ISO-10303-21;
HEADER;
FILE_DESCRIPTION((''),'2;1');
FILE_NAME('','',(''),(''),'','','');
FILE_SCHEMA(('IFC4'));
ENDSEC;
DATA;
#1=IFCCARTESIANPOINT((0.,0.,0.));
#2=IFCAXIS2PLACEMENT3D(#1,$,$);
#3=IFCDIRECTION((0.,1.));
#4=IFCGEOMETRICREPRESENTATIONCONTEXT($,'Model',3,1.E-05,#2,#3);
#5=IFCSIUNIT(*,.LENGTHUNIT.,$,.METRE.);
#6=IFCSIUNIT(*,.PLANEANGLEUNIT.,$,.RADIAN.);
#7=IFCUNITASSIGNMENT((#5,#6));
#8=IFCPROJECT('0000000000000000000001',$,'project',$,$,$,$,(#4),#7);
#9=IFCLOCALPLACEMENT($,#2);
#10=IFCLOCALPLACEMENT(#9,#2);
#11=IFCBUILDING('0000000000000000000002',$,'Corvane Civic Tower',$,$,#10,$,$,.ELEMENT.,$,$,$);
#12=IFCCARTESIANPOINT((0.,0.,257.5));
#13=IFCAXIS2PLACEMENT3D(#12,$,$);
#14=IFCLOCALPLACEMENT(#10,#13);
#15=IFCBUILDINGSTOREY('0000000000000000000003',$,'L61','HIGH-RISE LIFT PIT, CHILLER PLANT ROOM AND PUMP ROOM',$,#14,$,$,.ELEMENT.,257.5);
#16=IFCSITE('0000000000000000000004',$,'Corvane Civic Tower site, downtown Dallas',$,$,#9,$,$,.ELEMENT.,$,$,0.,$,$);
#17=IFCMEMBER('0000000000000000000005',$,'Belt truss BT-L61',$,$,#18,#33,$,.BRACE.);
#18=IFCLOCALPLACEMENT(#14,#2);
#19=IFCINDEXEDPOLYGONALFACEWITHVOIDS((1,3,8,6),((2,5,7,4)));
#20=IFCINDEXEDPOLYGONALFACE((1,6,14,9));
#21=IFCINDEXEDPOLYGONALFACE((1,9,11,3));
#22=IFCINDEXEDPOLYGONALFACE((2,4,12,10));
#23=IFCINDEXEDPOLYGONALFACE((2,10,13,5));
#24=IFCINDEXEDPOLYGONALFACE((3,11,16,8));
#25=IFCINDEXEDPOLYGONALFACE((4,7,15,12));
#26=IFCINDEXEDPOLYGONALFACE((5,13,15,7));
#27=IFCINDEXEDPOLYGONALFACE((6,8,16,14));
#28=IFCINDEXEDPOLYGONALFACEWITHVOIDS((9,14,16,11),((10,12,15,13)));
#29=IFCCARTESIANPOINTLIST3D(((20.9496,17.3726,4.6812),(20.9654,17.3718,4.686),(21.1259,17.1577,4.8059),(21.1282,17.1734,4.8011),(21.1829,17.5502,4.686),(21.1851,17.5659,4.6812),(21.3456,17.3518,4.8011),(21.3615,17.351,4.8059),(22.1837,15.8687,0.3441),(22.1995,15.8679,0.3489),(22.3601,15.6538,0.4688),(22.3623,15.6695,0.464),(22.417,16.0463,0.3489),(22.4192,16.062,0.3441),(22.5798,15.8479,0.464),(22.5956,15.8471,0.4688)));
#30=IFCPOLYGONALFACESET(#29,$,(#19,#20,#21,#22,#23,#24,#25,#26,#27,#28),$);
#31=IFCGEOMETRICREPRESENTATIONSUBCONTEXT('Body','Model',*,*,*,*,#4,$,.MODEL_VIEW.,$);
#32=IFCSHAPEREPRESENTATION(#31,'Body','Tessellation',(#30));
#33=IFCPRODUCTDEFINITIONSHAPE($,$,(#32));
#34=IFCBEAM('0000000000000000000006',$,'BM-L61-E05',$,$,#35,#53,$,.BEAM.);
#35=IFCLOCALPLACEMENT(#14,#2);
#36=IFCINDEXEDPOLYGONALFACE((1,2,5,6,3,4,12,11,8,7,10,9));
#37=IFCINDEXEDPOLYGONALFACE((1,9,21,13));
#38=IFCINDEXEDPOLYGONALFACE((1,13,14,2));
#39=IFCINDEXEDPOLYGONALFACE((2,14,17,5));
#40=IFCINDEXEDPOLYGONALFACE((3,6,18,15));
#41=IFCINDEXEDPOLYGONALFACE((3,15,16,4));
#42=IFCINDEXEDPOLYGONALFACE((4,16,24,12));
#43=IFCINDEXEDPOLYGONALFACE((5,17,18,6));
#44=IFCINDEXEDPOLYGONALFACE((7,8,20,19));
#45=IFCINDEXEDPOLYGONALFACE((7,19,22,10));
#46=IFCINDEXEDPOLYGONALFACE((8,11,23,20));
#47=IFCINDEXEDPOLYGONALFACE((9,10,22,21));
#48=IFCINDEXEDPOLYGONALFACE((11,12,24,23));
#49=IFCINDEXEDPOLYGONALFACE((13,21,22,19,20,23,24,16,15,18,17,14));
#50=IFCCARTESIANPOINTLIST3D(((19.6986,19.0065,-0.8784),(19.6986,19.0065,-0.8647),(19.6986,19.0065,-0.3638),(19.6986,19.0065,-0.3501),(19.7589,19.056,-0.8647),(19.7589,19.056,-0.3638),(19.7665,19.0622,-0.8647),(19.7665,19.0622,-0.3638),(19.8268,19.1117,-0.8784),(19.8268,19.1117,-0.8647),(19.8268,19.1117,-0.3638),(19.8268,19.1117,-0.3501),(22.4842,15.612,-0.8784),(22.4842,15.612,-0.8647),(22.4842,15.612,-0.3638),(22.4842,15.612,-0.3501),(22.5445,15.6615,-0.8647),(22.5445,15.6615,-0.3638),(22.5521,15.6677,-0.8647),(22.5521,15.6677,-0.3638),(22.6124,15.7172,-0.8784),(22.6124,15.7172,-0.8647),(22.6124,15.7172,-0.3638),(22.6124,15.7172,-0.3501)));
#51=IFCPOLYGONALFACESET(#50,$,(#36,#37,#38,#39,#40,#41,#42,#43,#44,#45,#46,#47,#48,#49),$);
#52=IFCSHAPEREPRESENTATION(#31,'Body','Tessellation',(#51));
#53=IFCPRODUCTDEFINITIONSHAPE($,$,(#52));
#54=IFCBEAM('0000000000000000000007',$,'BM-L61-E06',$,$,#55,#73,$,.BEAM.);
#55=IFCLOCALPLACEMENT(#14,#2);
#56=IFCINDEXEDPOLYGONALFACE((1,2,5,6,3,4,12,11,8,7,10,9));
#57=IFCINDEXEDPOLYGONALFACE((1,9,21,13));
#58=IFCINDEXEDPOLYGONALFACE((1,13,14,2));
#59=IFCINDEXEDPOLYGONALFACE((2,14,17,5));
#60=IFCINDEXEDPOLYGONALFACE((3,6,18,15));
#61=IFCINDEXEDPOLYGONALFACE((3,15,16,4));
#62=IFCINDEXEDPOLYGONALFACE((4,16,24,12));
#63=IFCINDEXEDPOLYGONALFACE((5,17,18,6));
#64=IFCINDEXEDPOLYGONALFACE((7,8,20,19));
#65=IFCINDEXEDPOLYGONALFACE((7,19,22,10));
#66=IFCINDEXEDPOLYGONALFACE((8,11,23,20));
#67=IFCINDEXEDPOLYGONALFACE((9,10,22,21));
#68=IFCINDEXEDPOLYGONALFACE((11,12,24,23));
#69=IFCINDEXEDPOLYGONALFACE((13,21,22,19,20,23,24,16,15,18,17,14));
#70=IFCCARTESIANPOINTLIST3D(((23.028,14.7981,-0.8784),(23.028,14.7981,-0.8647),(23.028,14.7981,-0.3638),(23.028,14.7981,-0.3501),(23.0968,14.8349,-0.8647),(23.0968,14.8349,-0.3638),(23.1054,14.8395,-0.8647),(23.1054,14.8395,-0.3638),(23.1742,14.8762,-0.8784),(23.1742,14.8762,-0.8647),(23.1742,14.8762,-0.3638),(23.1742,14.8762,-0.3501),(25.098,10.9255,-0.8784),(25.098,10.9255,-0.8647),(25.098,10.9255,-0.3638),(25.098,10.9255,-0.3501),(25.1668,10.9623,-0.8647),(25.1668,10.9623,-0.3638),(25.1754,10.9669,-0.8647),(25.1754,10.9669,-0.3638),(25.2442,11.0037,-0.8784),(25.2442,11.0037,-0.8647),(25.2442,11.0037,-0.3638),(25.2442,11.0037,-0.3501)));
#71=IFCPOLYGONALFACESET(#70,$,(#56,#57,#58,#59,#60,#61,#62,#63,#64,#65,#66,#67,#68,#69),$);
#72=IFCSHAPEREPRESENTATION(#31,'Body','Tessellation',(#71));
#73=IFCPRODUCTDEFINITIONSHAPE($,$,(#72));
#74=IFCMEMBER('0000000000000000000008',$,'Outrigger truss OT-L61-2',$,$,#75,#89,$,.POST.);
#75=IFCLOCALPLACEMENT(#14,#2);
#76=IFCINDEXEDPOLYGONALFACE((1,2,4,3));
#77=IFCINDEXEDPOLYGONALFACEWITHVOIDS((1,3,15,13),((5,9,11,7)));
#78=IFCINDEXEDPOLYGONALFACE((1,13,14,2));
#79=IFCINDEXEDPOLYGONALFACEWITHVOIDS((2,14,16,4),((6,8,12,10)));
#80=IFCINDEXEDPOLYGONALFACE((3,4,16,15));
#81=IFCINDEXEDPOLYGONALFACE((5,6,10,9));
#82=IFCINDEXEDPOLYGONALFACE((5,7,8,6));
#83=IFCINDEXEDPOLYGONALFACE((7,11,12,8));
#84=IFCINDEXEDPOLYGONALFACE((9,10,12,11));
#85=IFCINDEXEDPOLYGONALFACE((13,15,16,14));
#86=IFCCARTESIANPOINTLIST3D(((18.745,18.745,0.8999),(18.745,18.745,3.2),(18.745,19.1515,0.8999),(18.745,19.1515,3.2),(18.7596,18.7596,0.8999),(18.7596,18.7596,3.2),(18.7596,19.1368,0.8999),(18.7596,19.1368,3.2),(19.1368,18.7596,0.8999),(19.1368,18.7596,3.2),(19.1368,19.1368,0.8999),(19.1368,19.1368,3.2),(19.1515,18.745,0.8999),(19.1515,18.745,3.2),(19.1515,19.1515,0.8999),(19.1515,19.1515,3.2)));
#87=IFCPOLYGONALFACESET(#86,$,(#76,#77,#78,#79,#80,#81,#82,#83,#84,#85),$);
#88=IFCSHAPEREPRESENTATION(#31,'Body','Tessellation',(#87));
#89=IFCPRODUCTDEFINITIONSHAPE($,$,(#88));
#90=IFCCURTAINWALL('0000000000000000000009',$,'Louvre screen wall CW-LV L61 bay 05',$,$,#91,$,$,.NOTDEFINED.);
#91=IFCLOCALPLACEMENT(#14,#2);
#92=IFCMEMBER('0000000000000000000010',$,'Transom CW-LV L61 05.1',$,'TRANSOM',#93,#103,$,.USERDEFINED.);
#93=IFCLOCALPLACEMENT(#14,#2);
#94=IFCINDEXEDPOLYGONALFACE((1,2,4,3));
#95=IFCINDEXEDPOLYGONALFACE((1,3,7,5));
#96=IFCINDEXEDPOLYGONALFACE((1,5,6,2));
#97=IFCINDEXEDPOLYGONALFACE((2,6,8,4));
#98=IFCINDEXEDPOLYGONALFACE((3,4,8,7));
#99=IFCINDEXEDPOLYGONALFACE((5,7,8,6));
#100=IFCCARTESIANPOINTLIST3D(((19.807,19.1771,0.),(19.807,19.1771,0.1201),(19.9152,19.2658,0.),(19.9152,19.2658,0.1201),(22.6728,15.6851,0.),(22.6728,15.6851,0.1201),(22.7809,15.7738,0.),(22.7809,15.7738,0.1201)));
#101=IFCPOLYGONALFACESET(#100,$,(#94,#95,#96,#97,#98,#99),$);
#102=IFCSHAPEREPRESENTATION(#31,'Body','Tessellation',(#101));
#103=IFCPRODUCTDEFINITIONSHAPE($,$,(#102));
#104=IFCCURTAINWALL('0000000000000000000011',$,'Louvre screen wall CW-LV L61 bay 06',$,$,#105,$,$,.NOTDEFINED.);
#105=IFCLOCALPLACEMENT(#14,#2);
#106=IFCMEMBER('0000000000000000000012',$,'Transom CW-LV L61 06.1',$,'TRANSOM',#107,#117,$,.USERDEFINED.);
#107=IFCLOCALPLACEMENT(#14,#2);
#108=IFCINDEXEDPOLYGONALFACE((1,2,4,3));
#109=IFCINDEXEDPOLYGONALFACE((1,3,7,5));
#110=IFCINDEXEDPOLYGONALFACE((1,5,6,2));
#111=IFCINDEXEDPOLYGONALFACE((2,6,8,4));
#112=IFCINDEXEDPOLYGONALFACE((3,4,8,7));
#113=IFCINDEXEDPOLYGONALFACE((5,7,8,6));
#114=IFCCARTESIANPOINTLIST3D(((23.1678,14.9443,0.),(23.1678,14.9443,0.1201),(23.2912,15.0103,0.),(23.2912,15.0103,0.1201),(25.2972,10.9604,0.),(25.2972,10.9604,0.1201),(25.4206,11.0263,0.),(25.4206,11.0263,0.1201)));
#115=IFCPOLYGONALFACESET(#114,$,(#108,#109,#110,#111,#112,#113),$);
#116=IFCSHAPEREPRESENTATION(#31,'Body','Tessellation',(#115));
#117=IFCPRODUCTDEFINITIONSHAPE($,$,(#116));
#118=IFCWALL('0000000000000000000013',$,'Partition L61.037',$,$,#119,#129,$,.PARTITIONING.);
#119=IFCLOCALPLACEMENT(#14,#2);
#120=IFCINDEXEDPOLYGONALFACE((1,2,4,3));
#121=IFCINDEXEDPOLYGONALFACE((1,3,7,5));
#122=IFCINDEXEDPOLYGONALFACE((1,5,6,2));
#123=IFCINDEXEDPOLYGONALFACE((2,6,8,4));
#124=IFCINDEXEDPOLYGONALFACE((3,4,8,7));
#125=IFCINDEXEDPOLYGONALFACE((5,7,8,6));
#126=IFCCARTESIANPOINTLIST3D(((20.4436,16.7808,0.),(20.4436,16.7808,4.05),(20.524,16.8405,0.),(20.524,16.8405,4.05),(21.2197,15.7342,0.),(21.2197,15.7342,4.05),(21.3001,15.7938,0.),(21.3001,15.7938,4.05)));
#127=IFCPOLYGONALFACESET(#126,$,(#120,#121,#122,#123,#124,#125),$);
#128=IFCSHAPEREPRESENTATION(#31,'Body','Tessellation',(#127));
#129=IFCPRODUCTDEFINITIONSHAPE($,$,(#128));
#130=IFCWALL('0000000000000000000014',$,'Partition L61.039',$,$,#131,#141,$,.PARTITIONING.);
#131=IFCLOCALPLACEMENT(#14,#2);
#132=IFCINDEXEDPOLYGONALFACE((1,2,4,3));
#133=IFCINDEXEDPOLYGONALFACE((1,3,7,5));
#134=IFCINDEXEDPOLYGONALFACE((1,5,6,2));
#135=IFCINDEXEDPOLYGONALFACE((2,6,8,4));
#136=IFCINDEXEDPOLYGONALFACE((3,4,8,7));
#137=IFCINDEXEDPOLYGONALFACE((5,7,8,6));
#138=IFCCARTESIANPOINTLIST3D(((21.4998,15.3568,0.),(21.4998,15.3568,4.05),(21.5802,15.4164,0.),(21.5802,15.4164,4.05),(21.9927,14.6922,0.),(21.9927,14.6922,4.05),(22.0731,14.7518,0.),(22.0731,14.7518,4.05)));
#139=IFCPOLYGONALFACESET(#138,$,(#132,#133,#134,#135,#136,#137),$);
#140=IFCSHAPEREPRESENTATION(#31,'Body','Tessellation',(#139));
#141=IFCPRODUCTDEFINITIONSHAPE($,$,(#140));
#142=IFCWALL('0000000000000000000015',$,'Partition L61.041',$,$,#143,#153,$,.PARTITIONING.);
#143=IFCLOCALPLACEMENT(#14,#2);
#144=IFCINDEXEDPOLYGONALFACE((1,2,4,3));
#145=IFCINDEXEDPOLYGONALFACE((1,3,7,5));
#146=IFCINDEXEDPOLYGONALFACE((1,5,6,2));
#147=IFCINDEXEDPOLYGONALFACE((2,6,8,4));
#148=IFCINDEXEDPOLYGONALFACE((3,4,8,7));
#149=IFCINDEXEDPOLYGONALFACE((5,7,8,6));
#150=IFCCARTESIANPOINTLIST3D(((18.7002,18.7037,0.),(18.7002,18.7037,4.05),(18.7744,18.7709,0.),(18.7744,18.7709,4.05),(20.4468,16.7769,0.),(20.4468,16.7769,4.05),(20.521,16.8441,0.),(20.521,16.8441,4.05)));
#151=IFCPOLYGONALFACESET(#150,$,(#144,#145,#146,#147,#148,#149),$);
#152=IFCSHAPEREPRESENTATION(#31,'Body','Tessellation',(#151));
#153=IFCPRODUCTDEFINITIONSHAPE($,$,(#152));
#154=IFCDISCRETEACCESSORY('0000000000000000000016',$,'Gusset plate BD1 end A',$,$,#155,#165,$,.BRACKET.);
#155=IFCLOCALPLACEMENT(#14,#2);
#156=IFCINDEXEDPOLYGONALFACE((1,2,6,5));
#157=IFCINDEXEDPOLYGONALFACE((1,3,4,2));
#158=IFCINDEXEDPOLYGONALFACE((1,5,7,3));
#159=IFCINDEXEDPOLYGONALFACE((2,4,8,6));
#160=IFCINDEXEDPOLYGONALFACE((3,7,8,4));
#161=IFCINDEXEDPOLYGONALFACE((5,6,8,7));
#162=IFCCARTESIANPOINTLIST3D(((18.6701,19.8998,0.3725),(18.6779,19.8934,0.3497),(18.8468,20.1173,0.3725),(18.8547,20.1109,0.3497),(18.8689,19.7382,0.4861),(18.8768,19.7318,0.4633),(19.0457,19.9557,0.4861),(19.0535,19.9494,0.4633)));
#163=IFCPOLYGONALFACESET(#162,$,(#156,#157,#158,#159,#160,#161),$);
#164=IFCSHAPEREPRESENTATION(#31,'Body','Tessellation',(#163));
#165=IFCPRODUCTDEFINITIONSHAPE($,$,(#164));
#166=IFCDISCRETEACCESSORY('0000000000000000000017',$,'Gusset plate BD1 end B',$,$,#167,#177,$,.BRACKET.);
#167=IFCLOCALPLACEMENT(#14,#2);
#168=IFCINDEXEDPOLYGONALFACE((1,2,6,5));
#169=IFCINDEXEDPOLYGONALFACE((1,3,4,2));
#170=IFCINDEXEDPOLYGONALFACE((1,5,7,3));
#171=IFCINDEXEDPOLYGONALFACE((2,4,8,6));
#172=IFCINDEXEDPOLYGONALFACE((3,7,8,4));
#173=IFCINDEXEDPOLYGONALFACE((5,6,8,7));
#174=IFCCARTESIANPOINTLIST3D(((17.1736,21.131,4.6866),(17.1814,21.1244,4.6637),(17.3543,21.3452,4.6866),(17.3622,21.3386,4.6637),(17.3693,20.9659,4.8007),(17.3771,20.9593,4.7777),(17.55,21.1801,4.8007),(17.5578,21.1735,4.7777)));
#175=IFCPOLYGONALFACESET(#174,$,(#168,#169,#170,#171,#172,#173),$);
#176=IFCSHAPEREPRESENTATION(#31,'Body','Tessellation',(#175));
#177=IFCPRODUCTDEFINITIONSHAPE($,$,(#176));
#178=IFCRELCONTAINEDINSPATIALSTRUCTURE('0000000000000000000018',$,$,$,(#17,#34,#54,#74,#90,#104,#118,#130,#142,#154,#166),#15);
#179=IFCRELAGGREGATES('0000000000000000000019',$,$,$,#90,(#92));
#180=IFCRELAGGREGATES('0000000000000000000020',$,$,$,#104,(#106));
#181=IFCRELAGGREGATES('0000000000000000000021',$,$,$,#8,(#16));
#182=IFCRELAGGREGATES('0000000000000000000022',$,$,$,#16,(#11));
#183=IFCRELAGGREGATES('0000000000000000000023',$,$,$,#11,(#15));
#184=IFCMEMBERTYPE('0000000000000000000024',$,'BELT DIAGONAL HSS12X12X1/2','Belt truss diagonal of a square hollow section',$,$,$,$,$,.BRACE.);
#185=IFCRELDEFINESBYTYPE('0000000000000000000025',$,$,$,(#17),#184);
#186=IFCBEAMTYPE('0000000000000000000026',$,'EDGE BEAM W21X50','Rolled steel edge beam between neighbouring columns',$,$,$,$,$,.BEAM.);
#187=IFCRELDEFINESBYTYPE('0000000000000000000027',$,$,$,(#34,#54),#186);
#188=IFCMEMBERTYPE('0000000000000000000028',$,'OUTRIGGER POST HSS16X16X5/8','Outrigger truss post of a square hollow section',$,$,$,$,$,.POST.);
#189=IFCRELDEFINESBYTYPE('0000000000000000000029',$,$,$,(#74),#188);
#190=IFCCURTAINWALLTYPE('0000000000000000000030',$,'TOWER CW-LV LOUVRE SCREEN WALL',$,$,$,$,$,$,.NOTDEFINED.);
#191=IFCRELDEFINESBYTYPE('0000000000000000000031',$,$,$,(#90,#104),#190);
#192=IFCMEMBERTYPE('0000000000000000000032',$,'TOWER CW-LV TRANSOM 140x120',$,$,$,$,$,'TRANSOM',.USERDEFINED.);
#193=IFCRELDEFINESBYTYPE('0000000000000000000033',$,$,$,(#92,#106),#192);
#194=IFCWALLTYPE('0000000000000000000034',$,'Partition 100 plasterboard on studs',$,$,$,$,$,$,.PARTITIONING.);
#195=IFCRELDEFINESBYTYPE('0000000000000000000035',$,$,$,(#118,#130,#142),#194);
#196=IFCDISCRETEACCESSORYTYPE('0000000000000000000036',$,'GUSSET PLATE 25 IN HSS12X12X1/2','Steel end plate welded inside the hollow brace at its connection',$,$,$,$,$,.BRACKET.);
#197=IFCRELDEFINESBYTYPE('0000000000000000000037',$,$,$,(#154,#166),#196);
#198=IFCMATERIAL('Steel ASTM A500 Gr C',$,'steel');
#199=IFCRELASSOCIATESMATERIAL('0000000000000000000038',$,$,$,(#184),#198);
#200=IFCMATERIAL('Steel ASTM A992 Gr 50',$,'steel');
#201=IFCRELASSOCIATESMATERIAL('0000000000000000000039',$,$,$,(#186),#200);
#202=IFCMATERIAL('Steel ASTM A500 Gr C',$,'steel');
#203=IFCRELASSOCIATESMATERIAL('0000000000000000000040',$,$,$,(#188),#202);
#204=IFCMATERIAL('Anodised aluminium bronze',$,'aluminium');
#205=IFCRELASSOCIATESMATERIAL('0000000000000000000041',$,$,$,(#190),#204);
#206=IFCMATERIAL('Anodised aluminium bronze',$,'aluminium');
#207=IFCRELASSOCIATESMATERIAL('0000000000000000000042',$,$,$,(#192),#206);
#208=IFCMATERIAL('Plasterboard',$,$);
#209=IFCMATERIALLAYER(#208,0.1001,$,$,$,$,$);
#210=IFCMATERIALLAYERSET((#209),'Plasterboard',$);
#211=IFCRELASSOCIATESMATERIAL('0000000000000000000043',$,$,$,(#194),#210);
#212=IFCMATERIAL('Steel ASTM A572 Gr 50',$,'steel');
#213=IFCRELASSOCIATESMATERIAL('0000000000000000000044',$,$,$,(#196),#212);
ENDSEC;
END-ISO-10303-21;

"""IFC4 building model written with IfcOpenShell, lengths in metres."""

from ifc_helpers import new_model, si_unit, direction, frame, frame_2d, origin, origin_2d, place, context, subcontext, project, spatial, rectangle, hollow_rectangle, i_section, extrude, material, layer, layer_set, material_profile, profile_set, type_object, element, aggregate, save


model = new_model("IFC4")

# Units and contexts
model_context = context("Model", 3, precision=1e-05, world=origin(), true_north=direction((0.0, 1.0)))
body_context = subcontext(model_context, "Body", "Model", "MODEL_VIEW")
ifc_project = project(units=[si_unit("LENGTHUNIT", "METRE"), si_unit("PLANEANGLEUNIT", "RADIAN")], contexts=[model_context])

# Site, building, storey
site_placement = place(None, origin())
site = spatial("IfcSite", under=ifc_project, at=site_placement, Name="Corvane Civic Tower site, downtown Dallas", CompositionType="ELEMENT", RefElevation=0.0)
building_placement = place(site_placement, origin())
building = spatial("IfcBuilding", under=site, at=building_placement, Name="Corvane Civic Tower", CompositionType="ELEMENT")
storey_placement = place(building_placement, frame((0.0, 0.0, 257.5)))
storey = spatial("IfcBuildingStorey", under=building, at=storey_placement, Name="L61", Description="HIGH-RISE LIFT PIT, CHILLER PLANT ROOM AND PUMP ROOM", CompositionType="ELEMENT", Elevation=257.5)

# Member
ifc_material_1 = material(Name="Steel ASTM A500 Gr C", Category="steel")
ifc_material_profile_1 = material_profile(ifc_material_1, hollow_rectangle(XDim=0.3047, YDim=0.3047, WallThickness=0.0117, at=origin_2d()), Name="HSS12X12X1/2")
ifc_profile_set_1 = profile_set([ifc_material_profile_1], Name="Steel ASTM A500 Gr C")
member_type_1 = type_object("IfcMemberType", Name="BELT DIAGONAL HSS12X12X1/2", Description="Belt truss diagonal of a square hollow section", PredefinedType="BRACE", material=ifc_profile_set_1)
for number, where, z_axis, x_axis, name in (
    (1, (22.3896, 15.8579, 0.4065), (-0.259626, 0.316379, 0.912414), (-0.773034, -0.634365, 0.0), "Belt truss BT-L61"),
):
    element("IfcMember", number, at=place(storey_placement, frame(where, z_axis=z_axis, x_axis=x_axis)), inside=storey, type_object=member_type_1, Name=name, PredefinedType="BRACE", context=body_context, shape_type="SweptSolid", body=[
        extrude(hollow_rectangle(XDim=0.3047, YDim=0.3047, WallThickness=0.0117, at=origin_2d()), origin(), (0.0, 0.0, 1.0), 4.7534),
    ])

# Beams
ifc_material_2 = material(Name="Steel ASTM A992 Gr 50", Category="steel")
ifc_material_profile_2 = material_profile(ifc_material_2, i_section(OverallWidth=0.1658, OverallDepth=0.5283, WebThickness=0.0098, FlangeThickness=0.0137, at=origin_2d()), Name="W21X50")
ifc_profile_set_2 = profile_set([ifc_material_profile_2], Name="Steel ASTM A992 Gr 50")
beam_type = type_object("IfcBeamType", Name="EDGE BEAM W21X50", Description="Rolled steel edge beam between neighbouring columns", PredefinedType="BEAM", material=ifc_profile_set_2)
for number, where, z_axis, x_axis, name in (
    (2, (19.7627, 19.0591, -0.6143), (0.634369, -0.77303, 0.0), (0.77303, 0.634369, 0.0), "BM-L61-E05"),
    (3, (23.1011, 14.8372, -0.6143), (0.471422, -0.881908, 0.0), (0.881908, 0.471422, 0.0), "BM-L61-E06"),
):
    element("IfcBeam", number, at=place(storey_placement, frame(where, z_axis=z_axis, x_axis=x_axis)), inside=storey, type_object=beam_type, Name=name, PredefinedType="BEAM", context=body_context, shape_type="SweptSolid", body=[
        extrude(i_section(OverallWidth=0.1658, OverallDepth=0.5283, WebThickness=0.0098, FlangeThickness=0.0137, at=origin_2d()), origin(), (0.0, 0.0, 1.0), 4.3911),
    ])

# Member
ifc_material_3 = material(Name="Steel ASTM A500 Gr C", Category="steel")
ifc_material_profile_3 = material_profile(ifc_material_3, hollow_rectangle(XDim=0.4065, YDim=0.4065, WallThickness=0.0146, at=origin_2d()), Name="HSS16X16X5/8")
ifc_profile_set_3 = profile_set([ifc_material_profile_3], Name="Steel ASTM A500 Gr C")
member_type_2 = type_object("IfcMemberType", Name="OUTRIGGER POST HSS16X16X5/8", Description="Outrigger truss post of a square hollow section", PredefinedType="POST", material=ifc_profile_set_3)
member_1_placement = place(storey_placement, frame((18.9482, 18.9482, 0.8999), z_axis=(0.0, 0.0, 1.0), x_axis=(1.0, 0.0, 0.0)))
element("IfcMember", 4, at=member_1_placement, inside=storey, type_object=member_type_2, Name="Outrigger truss OT-L61-2", PredefinedType="POST", context=body_context, shape_type="SweptSolid", body=[
    extrude(hollow_rectangle(XDim=0.4065, YDim=0.4065, WallThickness=0.0146, at=origin_2d()), origin(), (0.0, 0.0, 1.0), 2.3),
])

# Curtain walls, members
ifc_material_4 = material(Name="Anodised aluminium bronze", Category="aluminium")
curtain_wall_type = type_object("IfcCurtainWallType", Name="TOWER CW-LV LOUVRE SCREEN WALL", PredefinedType="NOTDEFINED", material=ifc_material_4)
curtain_wall_1_placement = place(storey_placement, origin())
curtain_wall_1 = element("IfcCurtainWall", 5, at=curtain_wall_1_placement, inside=storey, type_object=curtain_wall_type, Name="Louvre screen wall CW-LV L61 bay 05", PredefinedType="NOTDEFINED")
ifc_material_5 = material(Name="Anodised aluminium bronze", Category="aluminium")
ifc_material_profile_4 = material_profile(ifc_material_5, rectangle(XDim=0.1399, YDim=0.1201, at=origin_2d()), Name="TOWER CW-LV TRANSOM 140x120")
ifc_profile_set_4 = profile_set([ifc_material_profile_4], Name="Anodised aluminium bronze")
member_type_3 = type_object("IfcMemberType", Name="TOWER CW-LV TRANSOM 140x120", ElementType="TRANSOM", PredefinedType="USERDEFINED", material=ifc_profile_set_4)
member_2_placement = place(storey_placement, frame((19.8611, 19.2214, 0.0601), z_axis=(0.634388, -0.773015, 0.0), x_axis=(0.773015, 0.634388, 0.0)))
member_2 = element("IfcMember", 6, at=member_2_placement, type_object=member_type_3, Name="Transom CW-LV L61 05.1", ObjectType="TRANSOM", PredefinedType="USERDEFINED", context=body_context, shape_type="SweptSolid", body=[
    extrude(rectangle(XDim=0.1399, YDim=0.1201, at=origin_2d()), origin(), (0.0, 0.0, 1.0), 4.5173),
])
curtain_wall_2_placement = place(storey_placement, origin())
curtain_wall_2 = element("IfcCurtainWall", 7, at=curtain_wall_2_placement, inside=storey, type_object=curtain_wall_type, Name="Louvre screen wall CW-LV L61 bay 06", PredefinedType="NOTDEFINED")
member_3_placement = place(storey_placement, frame((23.2295, 14.9773, 0.0601), z_axis=(0.47139, -0.881925, 0.0), x_axis=(0.881925, 0.47139, 0.0)))
member_3 = element("IfcMember", 8, at=member_3_placement, type_object=member_type_3, Name="Transom CW-LV L61 06.1", ObjectType="TRANSOM", PredefinedType="USERDEFINED", context=body_context, shape_type="SweptSolid", body=[
    extrude(rectangle(XDim=0.1399, YDim=0.1201, at=origin_2d()), origin(), (0.0, 0.0, 1.0), 4.5173),
])

# Walls
ifc_material_6 = material(Name="Plasterboard")
ifc_layer = layer(ifc_material_6, 0.1001)
ifc_layer_set = layer_set([ifc_layer], Name="Plasterboard")
wall_type = type_object("IfcWallType", Name="Partition 100 plasterboard on studs", PredefinedType="PARTITIONING", material=ifc_layer_set)
wall_1_placement = place(storey_placement, frame((20.4839, 16.8105, 0.0), z_axis=(0.0, 0.0, 1.0), x_axis=(0.595644, -0.803248, 0.0)))
element("IfcWall", 9, at=wall_1_placement, inside=storey, type_object=wall_type, Name="Partition L61.037", PredefinedType="PARTITIONING", context=body_context, shape_type="SweptSolid", body=[
    extrude(rectangle(XDim=1.303, YDim=0.1001, at=frame_2d((0.6514, 0.0))), origin(), (0.0, 0.0, 1.0), 4.05),
])
wall_2_placement = place(storey_placement, frame((21.54, 15.3865, 0.0), z_axis=(0.0, 0.0, 1.0), x_axis=(0.595743, -0.803175, 0.0)))
element("IfcWall", 10, at=wall_2_placement, inside=storey, type_object=wall_type, Name="Partition L61.039", PredefinedType="PARTITIONING", context=body_context, shape_type="SweptSolid", body=[
    extrude(rectangle(XDim=0.8274, YDim=0.1001, at=frame_2d((0.4136, 0.0))), origin(), (0.0, 0.0, 1.0), 4.05),
])
wall_3_placement = place(storey_placement, frame((18.7373, 18.7373, 0.0), z_axis=(0.0, 0.0, 1.0), x_axis=(0.671616, -0.740899, 0.0)))
element("IfcWall", 11, at=wall_3_placement, inside=storey, type_object=wall_type, Name="Partition L61.041", PredefinedType="PARTITIONING", context=body_context, shape_type="SweptSolid", body=[
    extrude(rectangle(XDim=2.6006, YDim=0.1001, at=frame_2d((1.3003, 0.0))), origin(), (0.0, 0.0, 1.0), 4.05),
])

aggregate(curtain_wall_1, [member_2])
aggregate(curtain_wall_2, [member_3])

# Discrete accessories
ifc_material_7 = material(Name="Steel ASTM A572 Gr 50", Category="steel")
ifc_material_profile_5 = material_profile(ifc_material_7, rectangle(XDim=0.2803, YDim=0.2803, at=origin_2d()), Name="GUSSET PLATE 25 IN HSS12X12X1/2")
ifc_profile_set_5 = profile_set([ifc_material_profile_5], Name="Steel ASTM A572 Gr 50")
discrete_accessory_type_1 = type_object("IfcDiscreteAccessoryType", Name="GUSSET PLATE 25 IN HSS12X12X1/2", Description="Steel end plate welded inside the hollow brace at its connection", PredefinedType="BRACKET", material=ifc_profile_set_5)
discrete_accessory_1_placement = place(storey_placement, frame((18.8657, 19.9214, 0.4065), z_axis=(-0.314558, 0.255578, 0.914184), x_axis=(-0.630593, -0.776114, 0.0)))
element("IfcDiscreteAccessory", 12, at=discrete_accessory_1_placement, inside=storey, type_object=discrete_accessory_type_1, Name="Gusset plate BD1 end A", PredefinedType="BRACKET", context=body_context, shape_type="SweptSolid", body=[
    extrude(rectangle(XDim=0.2803, YDim=0.2803, at=origin_2d()), origin(), (0.0, 0.0, 1.0), 0.0249),
])
discrete_accessory_2_placement = place(storey_placement, frame((17.3618, 21.1555, 4.7437), z_axis=(0.310973, -0.262383, -0.913483), x_axis=(0.644871, 0.764291, 0.0)))
element("IfcDiscreteAccessory", 13, at=discrete_accessory_2_placement, inside=storey, type_object=discrete_accessory_type_1, Name="Gusset plate BD1 end B", PredefinedType="BRACKET", context=body_context, shape_type="SweptSolid", body=[
    extrude(rectangle(XDim=0.2803, YDim=0.2803, at=origin_2d()), origin(), (0.0, 0.0, 1.0), 0.0251),
])

save(model, "model.ifc")
